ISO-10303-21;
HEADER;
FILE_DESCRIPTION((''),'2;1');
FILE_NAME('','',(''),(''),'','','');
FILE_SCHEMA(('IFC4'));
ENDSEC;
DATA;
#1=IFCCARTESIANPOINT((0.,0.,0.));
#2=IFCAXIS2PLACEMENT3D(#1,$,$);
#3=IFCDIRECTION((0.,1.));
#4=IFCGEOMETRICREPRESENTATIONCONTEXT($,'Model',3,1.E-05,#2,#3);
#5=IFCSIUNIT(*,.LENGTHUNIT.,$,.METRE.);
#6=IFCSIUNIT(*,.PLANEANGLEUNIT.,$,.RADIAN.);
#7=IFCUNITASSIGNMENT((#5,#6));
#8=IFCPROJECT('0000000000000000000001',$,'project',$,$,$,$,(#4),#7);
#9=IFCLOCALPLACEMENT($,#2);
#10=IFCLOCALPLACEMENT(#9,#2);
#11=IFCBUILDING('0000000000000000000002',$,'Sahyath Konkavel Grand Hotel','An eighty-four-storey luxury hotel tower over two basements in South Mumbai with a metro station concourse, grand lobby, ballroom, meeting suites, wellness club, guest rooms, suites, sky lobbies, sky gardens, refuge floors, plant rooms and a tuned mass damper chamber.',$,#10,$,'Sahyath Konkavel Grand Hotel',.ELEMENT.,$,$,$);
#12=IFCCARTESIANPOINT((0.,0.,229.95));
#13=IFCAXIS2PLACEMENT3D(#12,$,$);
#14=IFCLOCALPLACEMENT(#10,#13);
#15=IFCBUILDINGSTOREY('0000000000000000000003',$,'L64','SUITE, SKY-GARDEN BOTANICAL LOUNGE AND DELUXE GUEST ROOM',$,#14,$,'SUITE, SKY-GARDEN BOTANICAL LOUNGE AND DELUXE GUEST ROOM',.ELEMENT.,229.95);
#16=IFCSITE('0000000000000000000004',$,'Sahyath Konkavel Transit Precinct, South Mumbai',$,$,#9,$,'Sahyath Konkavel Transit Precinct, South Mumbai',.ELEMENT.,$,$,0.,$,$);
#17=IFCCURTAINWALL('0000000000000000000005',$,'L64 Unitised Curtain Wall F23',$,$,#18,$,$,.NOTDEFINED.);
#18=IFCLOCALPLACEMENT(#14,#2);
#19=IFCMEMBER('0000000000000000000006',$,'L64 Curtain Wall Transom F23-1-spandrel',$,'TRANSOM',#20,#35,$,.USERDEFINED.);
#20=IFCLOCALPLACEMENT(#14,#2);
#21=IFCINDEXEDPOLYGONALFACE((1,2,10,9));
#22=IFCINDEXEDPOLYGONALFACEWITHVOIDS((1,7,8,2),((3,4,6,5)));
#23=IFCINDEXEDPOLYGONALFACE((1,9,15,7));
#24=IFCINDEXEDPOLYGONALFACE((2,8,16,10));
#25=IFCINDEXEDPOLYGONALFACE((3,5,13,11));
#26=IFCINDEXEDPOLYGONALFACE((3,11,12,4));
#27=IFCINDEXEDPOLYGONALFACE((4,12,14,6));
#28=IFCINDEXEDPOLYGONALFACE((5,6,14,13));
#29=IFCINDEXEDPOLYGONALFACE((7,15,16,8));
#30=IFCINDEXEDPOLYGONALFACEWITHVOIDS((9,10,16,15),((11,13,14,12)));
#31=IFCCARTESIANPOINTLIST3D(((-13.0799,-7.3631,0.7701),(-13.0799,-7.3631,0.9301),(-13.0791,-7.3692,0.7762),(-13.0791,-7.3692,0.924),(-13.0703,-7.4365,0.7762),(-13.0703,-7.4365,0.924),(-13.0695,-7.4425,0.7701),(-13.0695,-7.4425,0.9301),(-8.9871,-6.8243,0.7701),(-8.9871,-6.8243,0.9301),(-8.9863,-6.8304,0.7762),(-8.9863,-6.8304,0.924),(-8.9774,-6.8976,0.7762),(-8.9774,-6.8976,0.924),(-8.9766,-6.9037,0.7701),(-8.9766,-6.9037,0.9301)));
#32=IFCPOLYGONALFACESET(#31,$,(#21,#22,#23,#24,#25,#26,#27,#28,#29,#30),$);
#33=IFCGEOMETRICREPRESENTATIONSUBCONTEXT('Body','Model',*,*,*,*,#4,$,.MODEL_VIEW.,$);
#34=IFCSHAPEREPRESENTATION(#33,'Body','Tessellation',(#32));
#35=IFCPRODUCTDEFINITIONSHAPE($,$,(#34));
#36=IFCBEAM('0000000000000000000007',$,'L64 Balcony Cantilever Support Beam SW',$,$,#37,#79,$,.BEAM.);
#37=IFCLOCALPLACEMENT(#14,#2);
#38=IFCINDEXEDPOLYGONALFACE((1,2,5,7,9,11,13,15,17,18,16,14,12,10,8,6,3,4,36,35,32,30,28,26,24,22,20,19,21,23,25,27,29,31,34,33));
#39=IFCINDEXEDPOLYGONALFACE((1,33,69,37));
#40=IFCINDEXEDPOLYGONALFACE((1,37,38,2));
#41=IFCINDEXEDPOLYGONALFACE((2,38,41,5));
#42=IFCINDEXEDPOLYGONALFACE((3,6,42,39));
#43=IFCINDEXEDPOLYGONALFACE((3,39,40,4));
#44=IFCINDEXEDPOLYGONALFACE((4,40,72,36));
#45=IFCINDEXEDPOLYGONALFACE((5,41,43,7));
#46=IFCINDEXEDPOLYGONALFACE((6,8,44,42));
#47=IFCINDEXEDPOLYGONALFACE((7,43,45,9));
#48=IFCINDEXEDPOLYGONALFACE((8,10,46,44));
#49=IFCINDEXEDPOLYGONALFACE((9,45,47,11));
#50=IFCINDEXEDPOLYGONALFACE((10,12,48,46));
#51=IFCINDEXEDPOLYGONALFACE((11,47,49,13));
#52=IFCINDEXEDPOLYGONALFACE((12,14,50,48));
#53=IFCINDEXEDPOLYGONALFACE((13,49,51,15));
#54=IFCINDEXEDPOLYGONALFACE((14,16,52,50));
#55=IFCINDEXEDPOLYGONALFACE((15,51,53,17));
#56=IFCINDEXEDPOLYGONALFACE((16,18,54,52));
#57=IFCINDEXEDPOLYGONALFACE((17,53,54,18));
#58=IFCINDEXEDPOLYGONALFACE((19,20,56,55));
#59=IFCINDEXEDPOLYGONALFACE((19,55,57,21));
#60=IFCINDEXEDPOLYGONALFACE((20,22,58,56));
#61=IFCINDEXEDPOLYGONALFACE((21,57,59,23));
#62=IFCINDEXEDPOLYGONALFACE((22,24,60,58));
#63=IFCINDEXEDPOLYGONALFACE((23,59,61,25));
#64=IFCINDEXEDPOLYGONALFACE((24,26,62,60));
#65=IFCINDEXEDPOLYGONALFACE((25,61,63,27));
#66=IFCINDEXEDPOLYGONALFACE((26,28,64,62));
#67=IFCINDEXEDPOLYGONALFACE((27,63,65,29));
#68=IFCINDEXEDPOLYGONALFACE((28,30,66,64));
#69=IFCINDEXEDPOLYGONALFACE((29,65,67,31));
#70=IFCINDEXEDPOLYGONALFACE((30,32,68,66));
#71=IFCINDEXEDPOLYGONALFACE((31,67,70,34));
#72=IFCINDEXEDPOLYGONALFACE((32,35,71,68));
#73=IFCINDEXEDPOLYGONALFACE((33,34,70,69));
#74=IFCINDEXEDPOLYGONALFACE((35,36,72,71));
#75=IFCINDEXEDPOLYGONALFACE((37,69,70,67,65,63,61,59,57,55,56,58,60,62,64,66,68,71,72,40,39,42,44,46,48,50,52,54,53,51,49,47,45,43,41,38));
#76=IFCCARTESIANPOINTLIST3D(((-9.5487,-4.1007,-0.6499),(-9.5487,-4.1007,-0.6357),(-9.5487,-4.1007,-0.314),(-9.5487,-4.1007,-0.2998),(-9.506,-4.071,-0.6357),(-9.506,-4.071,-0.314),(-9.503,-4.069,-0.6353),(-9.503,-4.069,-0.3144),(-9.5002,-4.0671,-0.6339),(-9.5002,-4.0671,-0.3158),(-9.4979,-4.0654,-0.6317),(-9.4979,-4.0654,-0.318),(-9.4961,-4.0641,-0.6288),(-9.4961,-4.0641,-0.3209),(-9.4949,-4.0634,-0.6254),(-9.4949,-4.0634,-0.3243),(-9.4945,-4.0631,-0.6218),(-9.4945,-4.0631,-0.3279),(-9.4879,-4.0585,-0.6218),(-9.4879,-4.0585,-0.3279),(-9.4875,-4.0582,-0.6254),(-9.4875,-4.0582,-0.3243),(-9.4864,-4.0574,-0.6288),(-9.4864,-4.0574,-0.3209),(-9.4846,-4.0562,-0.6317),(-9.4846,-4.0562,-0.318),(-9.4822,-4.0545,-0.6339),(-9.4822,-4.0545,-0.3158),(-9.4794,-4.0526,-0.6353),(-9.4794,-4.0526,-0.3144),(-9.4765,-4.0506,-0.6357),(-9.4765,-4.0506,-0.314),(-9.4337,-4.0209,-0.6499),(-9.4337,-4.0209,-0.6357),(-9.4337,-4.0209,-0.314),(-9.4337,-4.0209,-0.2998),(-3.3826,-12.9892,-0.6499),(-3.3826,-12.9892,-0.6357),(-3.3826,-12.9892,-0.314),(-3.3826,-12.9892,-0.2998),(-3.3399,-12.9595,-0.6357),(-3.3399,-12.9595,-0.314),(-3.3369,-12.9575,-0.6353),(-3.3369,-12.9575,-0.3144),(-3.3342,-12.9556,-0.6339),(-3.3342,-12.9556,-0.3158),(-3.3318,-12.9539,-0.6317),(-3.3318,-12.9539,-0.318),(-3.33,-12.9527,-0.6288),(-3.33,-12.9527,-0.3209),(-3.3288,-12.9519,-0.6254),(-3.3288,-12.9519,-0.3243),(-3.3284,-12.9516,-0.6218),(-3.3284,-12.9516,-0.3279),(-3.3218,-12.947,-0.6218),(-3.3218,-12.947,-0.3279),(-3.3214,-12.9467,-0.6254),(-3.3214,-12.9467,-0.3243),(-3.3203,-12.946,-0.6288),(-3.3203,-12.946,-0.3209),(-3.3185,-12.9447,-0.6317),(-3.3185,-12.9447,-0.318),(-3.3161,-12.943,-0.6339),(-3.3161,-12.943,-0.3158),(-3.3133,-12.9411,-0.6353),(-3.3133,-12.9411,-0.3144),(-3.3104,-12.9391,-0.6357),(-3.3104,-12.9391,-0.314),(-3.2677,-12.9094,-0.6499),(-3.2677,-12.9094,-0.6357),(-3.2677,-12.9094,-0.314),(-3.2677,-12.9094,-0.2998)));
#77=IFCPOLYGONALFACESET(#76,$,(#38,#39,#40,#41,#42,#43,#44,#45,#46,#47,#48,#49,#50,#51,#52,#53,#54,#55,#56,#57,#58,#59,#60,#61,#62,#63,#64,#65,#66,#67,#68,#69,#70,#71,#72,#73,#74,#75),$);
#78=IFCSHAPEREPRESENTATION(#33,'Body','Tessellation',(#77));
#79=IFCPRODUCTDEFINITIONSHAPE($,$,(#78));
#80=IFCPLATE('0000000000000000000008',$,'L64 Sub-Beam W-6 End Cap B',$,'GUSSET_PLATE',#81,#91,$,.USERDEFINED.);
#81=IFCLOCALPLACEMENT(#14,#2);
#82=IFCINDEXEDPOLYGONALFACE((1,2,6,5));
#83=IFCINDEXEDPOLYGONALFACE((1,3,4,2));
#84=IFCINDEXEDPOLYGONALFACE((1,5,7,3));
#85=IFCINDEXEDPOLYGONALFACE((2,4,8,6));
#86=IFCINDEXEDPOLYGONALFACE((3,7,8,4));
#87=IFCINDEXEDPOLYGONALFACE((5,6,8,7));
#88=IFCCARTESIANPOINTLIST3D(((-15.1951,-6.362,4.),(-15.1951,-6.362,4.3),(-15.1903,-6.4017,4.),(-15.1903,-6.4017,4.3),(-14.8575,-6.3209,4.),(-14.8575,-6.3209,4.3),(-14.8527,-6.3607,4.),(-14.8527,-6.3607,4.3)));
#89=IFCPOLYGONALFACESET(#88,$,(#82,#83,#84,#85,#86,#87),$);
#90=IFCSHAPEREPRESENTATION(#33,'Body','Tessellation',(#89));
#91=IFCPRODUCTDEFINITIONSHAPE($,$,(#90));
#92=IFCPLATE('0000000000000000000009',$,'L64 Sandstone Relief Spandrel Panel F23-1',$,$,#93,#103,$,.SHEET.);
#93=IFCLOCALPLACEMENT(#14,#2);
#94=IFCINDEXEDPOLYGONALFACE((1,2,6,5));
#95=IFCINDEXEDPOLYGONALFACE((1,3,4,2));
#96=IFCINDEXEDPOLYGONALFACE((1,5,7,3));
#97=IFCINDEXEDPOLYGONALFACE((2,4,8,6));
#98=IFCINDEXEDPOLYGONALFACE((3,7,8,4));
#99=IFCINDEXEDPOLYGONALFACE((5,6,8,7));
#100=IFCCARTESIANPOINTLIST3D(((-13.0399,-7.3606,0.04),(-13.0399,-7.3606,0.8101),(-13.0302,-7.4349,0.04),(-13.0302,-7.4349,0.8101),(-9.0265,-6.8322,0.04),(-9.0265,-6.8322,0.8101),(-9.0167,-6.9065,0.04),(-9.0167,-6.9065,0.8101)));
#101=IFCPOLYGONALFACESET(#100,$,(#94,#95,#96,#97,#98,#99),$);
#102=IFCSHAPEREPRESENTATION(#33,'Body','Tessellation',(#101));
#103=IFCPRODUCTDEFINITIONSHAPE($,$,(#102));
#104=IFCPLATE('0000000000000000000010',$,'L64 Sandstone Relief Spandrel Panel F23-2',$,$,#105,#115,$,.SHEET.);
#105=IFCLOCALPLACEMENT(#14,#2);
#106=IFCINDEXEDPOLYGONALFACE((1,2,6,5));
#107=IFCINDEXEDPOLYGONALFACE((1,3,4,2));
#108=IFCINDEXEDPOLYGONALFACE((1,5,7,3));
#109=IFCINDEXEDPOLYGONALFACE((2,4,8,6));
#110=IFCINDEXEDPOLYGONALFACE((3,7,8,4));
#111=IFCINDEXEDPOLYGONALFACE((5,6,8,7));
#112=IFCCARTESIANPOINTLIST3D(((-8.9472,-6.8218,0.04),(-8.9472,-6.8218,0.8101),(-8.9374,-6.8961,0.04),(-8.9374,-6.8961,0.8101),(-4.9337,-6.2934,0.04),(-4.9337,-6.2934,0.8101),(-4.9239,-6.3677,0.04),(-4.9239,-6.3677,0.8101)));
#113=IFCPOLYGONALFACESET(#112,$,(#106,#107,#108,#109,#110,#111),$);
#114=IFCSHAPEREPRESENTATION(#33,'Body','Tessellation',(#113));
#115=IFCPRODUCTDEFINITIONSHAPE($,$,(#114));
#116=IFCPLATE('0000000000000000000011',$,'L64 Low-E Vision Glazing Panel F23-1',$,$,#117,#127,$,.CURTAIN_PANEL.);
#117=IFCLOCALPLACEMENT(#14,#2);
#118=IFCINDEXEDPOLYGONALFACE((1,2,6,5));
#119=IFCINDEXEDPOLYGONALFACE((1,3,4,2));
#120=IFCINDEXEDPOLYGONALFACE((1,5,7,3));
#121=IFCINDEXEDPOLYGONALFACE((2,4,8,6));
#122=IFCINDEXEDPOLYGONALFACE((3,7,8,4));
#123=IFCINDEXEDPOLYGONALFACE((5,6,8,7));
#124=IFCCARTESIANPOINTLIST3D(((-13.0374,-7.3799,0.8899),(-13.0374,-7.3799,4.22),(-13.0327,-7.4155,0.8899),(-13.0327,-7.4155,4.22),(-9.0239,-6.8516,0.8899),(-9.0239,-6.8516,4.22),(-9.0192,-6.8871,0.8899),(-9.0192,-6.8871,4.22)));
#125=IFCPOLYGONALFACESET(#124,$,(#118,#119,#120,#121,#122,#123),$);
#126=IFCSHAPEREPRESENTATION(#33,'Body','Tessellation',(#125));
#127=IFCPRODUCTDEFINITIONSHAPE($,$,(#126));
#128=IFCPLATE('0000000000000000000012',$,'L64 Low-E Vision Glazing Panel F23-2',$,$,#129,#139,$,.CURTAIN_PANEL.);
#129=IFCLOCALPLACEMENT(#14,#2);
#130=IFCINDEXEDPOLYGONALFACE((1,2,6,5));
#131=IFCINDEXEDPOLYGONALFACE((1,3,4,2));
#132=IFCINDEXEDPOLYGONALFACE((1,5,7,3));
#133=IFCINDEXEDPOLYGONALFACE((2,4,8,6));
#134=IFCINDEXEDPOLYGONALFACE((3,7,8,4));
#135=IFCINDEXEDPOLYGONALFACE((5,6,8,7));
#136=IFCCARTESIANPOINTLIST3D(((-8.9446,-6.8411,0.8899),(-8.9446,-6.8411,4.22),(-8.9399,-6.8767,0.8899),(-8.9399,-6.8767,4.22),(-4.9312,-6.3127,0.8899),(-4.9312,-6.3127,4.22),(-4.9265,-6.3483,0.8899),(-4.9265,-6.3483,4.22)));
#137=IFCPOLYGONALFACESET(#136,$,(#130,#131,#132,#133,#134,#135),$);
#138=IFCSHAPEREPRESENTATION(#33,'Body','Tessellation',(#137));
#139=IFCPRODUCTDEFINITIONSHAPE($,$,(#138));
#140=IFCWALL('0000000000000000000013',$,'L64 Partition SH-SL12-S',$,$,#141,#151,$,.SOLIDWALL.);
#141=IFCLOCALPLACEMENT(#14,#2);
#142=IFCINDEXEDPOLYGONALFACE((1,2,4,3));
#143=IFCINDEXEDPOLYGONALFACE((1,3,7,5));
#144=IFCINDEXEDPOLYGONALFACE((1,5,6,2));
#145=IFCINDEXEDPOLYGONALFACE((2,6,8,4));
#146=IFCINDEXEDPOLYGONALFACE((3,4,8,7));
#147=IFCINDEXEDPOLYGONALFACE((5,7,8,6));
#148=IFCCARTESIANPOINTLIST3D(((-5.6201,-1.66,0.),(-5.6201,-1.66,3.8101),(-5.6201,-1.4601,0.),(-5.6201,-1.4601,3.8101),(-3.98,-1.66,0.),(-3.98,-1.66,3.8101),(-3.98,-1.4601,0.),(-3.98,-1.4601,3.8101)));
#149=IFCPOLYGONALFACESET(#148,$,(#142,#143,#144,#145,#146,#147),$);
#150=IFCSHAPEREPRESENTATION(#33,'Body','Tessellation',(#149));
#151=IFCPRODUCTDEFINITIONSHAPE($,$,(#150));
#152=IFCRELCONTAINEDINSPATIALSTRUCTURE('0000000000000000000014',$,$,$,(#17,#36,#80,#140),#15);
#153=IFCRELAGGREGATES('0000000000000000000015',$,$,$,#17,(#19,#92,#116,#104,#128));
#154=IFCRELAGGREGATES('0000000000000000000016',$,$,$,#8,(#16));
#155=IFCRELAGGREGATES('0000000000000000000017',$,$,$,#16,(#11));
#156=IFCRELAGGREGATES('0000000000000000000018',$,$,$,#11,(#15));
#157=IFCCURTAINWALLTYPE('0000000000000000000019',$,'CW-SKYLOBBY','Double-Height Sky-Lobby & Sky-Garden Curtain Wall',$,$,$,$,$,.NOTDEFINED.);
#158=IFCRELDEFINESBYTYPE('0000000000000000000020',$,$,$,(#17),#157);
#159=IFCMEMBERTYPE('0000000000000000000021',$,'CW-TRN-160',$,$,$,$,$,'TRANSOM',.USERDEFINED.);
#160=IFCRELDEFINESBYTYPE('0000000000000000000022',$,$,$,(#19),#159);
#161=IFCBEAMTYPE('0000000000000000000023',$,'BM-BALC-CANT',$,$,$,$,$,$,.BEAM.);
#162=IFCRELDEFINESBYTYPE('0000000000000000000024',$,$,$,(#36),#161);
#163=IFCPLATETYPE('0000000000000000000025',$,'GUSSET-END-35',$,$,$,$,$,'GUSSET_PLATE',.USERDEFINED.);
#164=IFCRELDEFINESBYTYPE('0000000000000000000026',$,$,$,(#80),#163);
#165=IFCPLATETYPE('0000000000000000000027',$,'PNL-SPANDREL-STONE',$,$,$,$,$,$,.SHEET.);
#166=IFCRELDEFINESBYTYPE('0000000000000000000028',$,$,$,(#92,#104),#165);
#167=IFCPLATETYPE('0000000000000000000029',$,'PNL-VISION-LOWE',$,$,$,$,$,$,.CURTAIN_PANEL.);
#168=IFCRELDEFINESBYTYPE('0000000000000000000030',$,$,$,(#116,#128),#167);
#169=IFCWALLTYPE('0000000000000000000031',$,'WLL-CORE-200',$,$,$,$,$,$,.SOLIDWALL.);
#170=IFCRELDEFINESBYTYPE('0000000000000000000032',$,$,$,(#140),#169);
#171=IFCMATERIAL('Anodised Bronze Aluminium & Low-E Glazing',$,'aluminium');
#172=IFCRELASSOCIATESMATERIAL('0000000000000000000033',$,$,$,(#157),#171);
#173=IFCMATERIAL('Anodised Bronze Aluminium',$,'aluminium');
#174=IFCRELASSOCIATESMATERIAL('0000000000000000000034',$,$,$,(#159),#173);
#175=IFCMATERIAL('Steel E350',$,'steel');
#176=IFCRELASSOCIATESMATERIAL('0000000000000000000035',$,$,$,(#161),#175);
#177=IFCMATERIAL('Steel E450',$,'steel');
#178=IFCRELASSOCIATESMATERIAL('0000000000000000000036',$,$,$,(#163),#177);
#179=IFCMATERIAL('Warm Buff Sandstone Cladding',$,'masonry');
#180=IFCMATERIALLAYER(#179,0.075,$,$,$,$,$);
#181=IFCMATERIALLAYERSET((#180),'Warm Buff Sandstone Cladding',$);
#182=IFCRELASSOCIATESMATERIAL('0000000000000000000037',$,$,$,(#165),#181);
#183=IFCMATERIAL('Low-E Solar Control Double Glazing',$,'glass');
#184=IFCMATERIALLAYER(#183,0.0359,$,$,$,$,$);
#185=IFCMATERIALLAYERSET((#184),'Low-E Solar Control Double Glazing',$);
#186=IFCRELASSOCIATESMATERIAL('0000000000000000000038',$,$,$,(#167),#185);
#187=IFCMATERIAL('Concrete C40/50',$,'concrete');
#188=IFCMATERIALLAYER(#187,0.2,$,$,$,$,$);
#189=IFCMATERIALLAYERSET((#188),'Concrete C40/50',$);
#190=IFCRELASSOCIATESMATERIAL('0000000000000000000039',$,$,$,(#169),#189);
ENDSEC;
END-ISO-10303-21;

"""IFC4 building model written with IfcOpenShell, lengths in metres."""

from ifc_helpers import new_model, si_unit, direction, frame, frame_2d, origin, origin_2d, place, context, subcontext, project, spatial, rectangle, hollow_rectangle, i_section, extrude, source, transform, mapped, material, layer, layer_set, material_profile, profile_set, type_object, element, aggregate, save


model = new_model("IFC4")

# Units and contexts
model_context = context("Model", 3, precision=1e-05, world=origin(), true_north=direction((0.0, 1.0)))
body_context = subcontext(model_context, "Body", "Model", "MODEL_VIEW")
ifc_project = project(units=[si_unit("LENGTHUNIT", "METRE"), si_unit("PLANEANGLEUNIT", "RADIAN")], contexts=[model_context])

# Site, building, storey
site_placement = place(None, origin())
site = spatial("IfcSite", under=ifc_project, at=site_placement, Name="Sahyath Konkavel Transit Precinct, South Mumbai", LongName="Sahyath Konkavel Transit Precinct, South Mumbai", CompositionType="ELEMENT", RefElevation=0.0)
building_placement = place(site_placement, origin())
building = spatial("IfcBuilding", under=site, at=building_placement, Name="Sahyath Konkavel Grand Hotel", Description="An eighty-four-storey luxury hotel tower over two basements in South Mumbai with a metro station concourse, grand lobby, ballroom, meeting suites, wellness club, guest rooms, suites, sky lobbies, sky gardens, refuge floors, plant rooms and a tuned mass damper chamber.", LongName="Sahyath Konkavel Grand Hotel", CompositionType="ELEMENT")
storey_placement = place(building_placement, frame((0.0, 0.0, 229.95)))
storey = spatial("IfcBuildingStorey", under=building, at=storey_placement, Name="L64", Description="SUITE, SKY-GARDEN BOTANICAL LOUNGE AND DELUXE GUEST ROOM", LongName="SUITE, SKY-GARDEN BOTANICAL LOUNGE AND DELUXE GUEST ROOM", CompositionType="ELEMENT", Elevation=229.95)

# Shared definitions
ifc_material_1 = material(Name="Concrete C40/50", Category="concrete")

# Shared definitions
ifc_material_2 = material(Name="Steel E350", Category="steel")

# Curtain wall, member
ifc_material_3 = material(Name="Anodised Bronze Aluminium & Low-E Glazing", Category="aluminium")
curtain_wall_type = type_object("IfcCurtainWallType", Name="CW-SKYLOBBY", Description="Double-Height Sky-Lobby & Sky-Garden Curtain Wall", PredefinedType="NOTDEFINED", material=ifc_material_3)
curtain_wall_placement = place(storey_placement, origin())
curtain_wall = element("IfcCurtainWall", 1, at=curtain_wall_placement, inside=storey, type_object=curtain_wall_type, Name="L64 Unitised Curtain Wall F23", PredefinedType="NOTDEFINED")
ifc_material_4 = material(Name="Anodised Bronze Aluminium", Category="aluminium")
ifc_material_profile_1 = material_profile(ifc_material_4, hollow_rectangle(XDim=0.0801, YDim=0.1599, WallThickness=0.0061, at=origin_2d()), Name="RHS 160x80x6")
ifc_profile_set_1 = profile_set([ifc_material_profile_1], Name="Anodised Bronze Aluminium")
member_type_1 = type_object("IfcMemberType", Name="CW-TRN-160", ElementType="TRANSOM", PredefinedType="USERDEFINED", material=ifc_profile_set_1)
shared_shape_1 = source(origin(), body_context, "Body", "SweptSolid", [
    extrude(hollow_rectangle(XDim=0.0801, YDim=0.1599, WallThickness=0.0061, at=origin_2d()), origin(), (0.0, 0.0, 1.0), 4.1282),
])
member_1_placement = place(storey_placement, frame((-13.0747, -7.4028, 0.8501), z_axis=(0.991445, 0.130525, 0.0), x_axis=(-0.130525, 0.991445, 0.0)))
member_1 = element("IfcMember", 2, at=member_1_placement, type_object=member_type_1, Name="L64 Curtain Wall Transom F23-1-spandrel", ObjectType="TRANSOM", PredefinedType="USERDEFINED", context=body_context, shape_type="MappedRepresentation", body=[
    mapped(shared_shape_1, transform((0.0, 0.0, 0.0), scale=1.0)),
])

# Beam
ifc_material_profile_2 = material_profile(ifc_material_2, i_section(OverallWidth=0.1399, OverallDepth=0.3501, WebThickness=0.0081, FlangeThickness=0.0142, FilletRadius=0.0139, at=origin_2d()), Name="ISMB 350")
ifc_profile_set_2 = profile_set([ifc_material_profile_2], Name="Steel E350")
beam_type_1 = type_object("IfcBeamType", Name="BM-BALC-CANT", PredefinedType="BEAM", material=ifc_profile_set_2)
shared_shape_2 = source(origin(), body_context, "Body", "SweptSolid", [
    extrude(i_section(OverallWidth=0.1399, OverallDepth=0.3501, WebThickness=0.0081, FlangeThickness=0.0142, FilletRadius=0.0139, at=origin_2d()), origin(), (0.0, 0.0, 1.0), 10.8179),
])
beam_1_placement = place(storey_placement, frame((-9.4912, -4.0608, -0.4749), z_axis=(0.56999, -0.821652, 0.0), x_axis=(0.821652, 0.56999, 0.0)))
element("IfcBeam", 3, at=beam_1_placement, inside=storey, type_object=beam_type_1, Name="L64 Balcony Cantilever Support Beam SW", PredefinedType="BEAM", context=body_context, shape_type="MappedRepresentation", body=[
    mapped(shared_shape_2, transform((0.0, 0.0, 0.0), scale=1.0)),
])

# Plates
ifc_material_5 = material(Name="Steel E450", Category="steel")
plate_type_1 = type_object("IfcPlateType", Name="GUSSET-END-35", ElementType="GUSSET_PLATE", PredefinedType="USERDEFINED", material=ifc_material_5)
shared_shape_3 = source(origin(), body_context, "Body", "SweptSolid", [
    extrude(rectangle(XDim=0.04, YDim=0.3401, at=origin_2d()), origin(), (0.0, 0.0, 1.0), 0.3),
])
plate_1_placement = place(storey_placement, frame((-15.0239, -6.3613, 4.0), z_axis=(0.0, 0.0, 1.0), x_axis=(0.120743, -0.992684, 0.0)))
element("IfcPlate", 4, at=plate_1_placement, inside=storey, type_object=plate_type_1, Name="L64 Sub-Beam W-6 End Cap B", ObjectType="GUSSET_PLATE", PredefinedType="USERDEFINED", context=body_context, shape_type="MappedRepresentation", body=[
    mapped(shared_shape_3, transform((0.0, 0.0, 0.0), scale=1.0)),
])
ifc_material_6 = material(Name="Warm Buff Sandstone Cladding", Category="masonry")
ifc_layer_1 = layer(ifc_material_6, 0.075)
ifc_layer_set_1 = layer_set([ifc_layer_1], Name="Warm Buff Sandstone Cladding")
plate_type_2 = type_object("IfcPlateType", Name="PNL-SPANDREL-STONE", PredefinedType="SHEET", material=ifc_layer_set_1)
shared_shape_4 = source(origin(), body_context, "Body", "SweptSolid", [
    extrude(rectangle(XDim=4.0481, YDim=0.075, at=origin_2d()), origin(), (0.0, 0.0, 1.0), 0.77),
])
plate_2_placement = place(storey_placement, frame((-11.0283, -7.1335, 0.04), z_axis=(0.0, 0.0, 1.0), x_axis=(0.991445, 0.130526, 0.0)))
plate_2 = element("IfcPlate", 5, at=plate_2_placement, type_object=plate_type_2, Name="L64 Sandstone Relief Spandrel Panel F23-1", PredefinedType="SHEET", context=body_context, shape_type="MappedRepresentation", body=[
    mapped(shared_shape_4, transform((0.0, 0.0, 0.0), scale=1.0)),
])
plate_3_placement = place(storey_placement, frame((-6.9355, -6.5947, 0.04), z_axis=(0.0, 0.0, 1.0), x_axis=(0.991445, 0.130526, 0.0)))
plate_3 = element("IfcPlate", 6, at=plate_3_placement, type_object=plate_type_2, Name="L64 Sandstone Relief Spandrel Panel F23-2", PredefinedType="SHEET", context=body_context, shape_type="MappedRepresentation", body=[
    mapped(shared_shape_4, transform((0.0, 0.0, 0.0), scale=1.0)),
])
ifc_material_7 = material(Name="Low-E Solar Control Double Glazing", Category="glass")
ifc_layer_2 = layer(ifc_material_7, 0.0359)
ifc_layer_set_2 = layer_set([ifc_layer_2], Name="Low-E Solar Control Double Glazing")
plate_type_3 = type_object("IfcPlateType", Name="PNL-VISION-LOWE", PredefinedType="CURTAIN_PANEL", material=ifc_layer_set_2)
shared_shape_5 = source(origin(), body_context, "Body", "SweptSolid", [
    extrude(rectangle(XDim=4.0481, YDim=0.0359, at=origin_2d()), origin(), (0.0, 0.0, 1.0), 3.3301),
])
plate_4_placement = place(storey_placement, frame((-11.0283, -7.1335, 0.8899), z_axis=(0.0, 0.0, 1.0), x_axis=(0.991445, 0.130526, 0.0)))
plate_4 = element("IfcPlate", 7, at=plate_4_placement, type_object=plate_type_3, Name="L64 Low-E Vision Glazing Panel F23-1", PredefinedType="CURTAIN_PANEL", context=body_context, shape_type="MappedRepresentation", body=[
    mapped(shared_shape_5, transform((0.0, 0.0, 0.0), scale=1.0)),
])
plate_5_placement = place(storey_placement, frame((-6.9355, -6.5947, 0.8899), z_axis=(0.0, 0.0, 1.0), x_axis=(0.991445, 0.130526, 0.0)))
plate_5 = element("IfcPlate", 8, at=plate_5_placement, type_object=plate_type_3, Name="L64 Low-E Vision Glazing Panel F23-2", PredefinedType="CURTAIN_PANEL", context=body_context, shape_type="MappedRepresentation", body=[
    mapped(shared_shape_5, transform((0.0, 0.0, 0.0), scale=1.0)),
])
aggregate(curtain_wall, [member_1, plate_2, plate_4, plate_3, plate_5])

# Wall
ifc_layer_3 = layer(ifc_material_1, 0.2)
ifc_layer_set_3 = layer_set([ifc_layer_3], Name="Concrete C40/50")
wall_type_1 = type_object("IfcWallType", Name="WLL-CORE-200", PredefinedType="SOLIDWALL", material=ifc_layer_set_3)
wall_1_placement = place(storey_placement, frame((-5.6201, -1.5601, 0.0), z_axis=(0.0, 0.0, 1.0), x_axis=(1.0, 0.0, 0.0)))
element("IfcWall", 9, at=wall_1_placement, inside=storey, type_object=wall_type_1, Name="L64 Partition SH-SL12-S", PredefinedType="SOLIDWALL", context=body_context, shape_type="SweptSolid", body=[
    extrude(rectangle(XDim=1.6401, YDim=0.2, at=frame_2d((0.8201, 0.0))), origin(), (0.0, 0.0, 1.0), 3.8101),
])

save(model, "model.ifc")
